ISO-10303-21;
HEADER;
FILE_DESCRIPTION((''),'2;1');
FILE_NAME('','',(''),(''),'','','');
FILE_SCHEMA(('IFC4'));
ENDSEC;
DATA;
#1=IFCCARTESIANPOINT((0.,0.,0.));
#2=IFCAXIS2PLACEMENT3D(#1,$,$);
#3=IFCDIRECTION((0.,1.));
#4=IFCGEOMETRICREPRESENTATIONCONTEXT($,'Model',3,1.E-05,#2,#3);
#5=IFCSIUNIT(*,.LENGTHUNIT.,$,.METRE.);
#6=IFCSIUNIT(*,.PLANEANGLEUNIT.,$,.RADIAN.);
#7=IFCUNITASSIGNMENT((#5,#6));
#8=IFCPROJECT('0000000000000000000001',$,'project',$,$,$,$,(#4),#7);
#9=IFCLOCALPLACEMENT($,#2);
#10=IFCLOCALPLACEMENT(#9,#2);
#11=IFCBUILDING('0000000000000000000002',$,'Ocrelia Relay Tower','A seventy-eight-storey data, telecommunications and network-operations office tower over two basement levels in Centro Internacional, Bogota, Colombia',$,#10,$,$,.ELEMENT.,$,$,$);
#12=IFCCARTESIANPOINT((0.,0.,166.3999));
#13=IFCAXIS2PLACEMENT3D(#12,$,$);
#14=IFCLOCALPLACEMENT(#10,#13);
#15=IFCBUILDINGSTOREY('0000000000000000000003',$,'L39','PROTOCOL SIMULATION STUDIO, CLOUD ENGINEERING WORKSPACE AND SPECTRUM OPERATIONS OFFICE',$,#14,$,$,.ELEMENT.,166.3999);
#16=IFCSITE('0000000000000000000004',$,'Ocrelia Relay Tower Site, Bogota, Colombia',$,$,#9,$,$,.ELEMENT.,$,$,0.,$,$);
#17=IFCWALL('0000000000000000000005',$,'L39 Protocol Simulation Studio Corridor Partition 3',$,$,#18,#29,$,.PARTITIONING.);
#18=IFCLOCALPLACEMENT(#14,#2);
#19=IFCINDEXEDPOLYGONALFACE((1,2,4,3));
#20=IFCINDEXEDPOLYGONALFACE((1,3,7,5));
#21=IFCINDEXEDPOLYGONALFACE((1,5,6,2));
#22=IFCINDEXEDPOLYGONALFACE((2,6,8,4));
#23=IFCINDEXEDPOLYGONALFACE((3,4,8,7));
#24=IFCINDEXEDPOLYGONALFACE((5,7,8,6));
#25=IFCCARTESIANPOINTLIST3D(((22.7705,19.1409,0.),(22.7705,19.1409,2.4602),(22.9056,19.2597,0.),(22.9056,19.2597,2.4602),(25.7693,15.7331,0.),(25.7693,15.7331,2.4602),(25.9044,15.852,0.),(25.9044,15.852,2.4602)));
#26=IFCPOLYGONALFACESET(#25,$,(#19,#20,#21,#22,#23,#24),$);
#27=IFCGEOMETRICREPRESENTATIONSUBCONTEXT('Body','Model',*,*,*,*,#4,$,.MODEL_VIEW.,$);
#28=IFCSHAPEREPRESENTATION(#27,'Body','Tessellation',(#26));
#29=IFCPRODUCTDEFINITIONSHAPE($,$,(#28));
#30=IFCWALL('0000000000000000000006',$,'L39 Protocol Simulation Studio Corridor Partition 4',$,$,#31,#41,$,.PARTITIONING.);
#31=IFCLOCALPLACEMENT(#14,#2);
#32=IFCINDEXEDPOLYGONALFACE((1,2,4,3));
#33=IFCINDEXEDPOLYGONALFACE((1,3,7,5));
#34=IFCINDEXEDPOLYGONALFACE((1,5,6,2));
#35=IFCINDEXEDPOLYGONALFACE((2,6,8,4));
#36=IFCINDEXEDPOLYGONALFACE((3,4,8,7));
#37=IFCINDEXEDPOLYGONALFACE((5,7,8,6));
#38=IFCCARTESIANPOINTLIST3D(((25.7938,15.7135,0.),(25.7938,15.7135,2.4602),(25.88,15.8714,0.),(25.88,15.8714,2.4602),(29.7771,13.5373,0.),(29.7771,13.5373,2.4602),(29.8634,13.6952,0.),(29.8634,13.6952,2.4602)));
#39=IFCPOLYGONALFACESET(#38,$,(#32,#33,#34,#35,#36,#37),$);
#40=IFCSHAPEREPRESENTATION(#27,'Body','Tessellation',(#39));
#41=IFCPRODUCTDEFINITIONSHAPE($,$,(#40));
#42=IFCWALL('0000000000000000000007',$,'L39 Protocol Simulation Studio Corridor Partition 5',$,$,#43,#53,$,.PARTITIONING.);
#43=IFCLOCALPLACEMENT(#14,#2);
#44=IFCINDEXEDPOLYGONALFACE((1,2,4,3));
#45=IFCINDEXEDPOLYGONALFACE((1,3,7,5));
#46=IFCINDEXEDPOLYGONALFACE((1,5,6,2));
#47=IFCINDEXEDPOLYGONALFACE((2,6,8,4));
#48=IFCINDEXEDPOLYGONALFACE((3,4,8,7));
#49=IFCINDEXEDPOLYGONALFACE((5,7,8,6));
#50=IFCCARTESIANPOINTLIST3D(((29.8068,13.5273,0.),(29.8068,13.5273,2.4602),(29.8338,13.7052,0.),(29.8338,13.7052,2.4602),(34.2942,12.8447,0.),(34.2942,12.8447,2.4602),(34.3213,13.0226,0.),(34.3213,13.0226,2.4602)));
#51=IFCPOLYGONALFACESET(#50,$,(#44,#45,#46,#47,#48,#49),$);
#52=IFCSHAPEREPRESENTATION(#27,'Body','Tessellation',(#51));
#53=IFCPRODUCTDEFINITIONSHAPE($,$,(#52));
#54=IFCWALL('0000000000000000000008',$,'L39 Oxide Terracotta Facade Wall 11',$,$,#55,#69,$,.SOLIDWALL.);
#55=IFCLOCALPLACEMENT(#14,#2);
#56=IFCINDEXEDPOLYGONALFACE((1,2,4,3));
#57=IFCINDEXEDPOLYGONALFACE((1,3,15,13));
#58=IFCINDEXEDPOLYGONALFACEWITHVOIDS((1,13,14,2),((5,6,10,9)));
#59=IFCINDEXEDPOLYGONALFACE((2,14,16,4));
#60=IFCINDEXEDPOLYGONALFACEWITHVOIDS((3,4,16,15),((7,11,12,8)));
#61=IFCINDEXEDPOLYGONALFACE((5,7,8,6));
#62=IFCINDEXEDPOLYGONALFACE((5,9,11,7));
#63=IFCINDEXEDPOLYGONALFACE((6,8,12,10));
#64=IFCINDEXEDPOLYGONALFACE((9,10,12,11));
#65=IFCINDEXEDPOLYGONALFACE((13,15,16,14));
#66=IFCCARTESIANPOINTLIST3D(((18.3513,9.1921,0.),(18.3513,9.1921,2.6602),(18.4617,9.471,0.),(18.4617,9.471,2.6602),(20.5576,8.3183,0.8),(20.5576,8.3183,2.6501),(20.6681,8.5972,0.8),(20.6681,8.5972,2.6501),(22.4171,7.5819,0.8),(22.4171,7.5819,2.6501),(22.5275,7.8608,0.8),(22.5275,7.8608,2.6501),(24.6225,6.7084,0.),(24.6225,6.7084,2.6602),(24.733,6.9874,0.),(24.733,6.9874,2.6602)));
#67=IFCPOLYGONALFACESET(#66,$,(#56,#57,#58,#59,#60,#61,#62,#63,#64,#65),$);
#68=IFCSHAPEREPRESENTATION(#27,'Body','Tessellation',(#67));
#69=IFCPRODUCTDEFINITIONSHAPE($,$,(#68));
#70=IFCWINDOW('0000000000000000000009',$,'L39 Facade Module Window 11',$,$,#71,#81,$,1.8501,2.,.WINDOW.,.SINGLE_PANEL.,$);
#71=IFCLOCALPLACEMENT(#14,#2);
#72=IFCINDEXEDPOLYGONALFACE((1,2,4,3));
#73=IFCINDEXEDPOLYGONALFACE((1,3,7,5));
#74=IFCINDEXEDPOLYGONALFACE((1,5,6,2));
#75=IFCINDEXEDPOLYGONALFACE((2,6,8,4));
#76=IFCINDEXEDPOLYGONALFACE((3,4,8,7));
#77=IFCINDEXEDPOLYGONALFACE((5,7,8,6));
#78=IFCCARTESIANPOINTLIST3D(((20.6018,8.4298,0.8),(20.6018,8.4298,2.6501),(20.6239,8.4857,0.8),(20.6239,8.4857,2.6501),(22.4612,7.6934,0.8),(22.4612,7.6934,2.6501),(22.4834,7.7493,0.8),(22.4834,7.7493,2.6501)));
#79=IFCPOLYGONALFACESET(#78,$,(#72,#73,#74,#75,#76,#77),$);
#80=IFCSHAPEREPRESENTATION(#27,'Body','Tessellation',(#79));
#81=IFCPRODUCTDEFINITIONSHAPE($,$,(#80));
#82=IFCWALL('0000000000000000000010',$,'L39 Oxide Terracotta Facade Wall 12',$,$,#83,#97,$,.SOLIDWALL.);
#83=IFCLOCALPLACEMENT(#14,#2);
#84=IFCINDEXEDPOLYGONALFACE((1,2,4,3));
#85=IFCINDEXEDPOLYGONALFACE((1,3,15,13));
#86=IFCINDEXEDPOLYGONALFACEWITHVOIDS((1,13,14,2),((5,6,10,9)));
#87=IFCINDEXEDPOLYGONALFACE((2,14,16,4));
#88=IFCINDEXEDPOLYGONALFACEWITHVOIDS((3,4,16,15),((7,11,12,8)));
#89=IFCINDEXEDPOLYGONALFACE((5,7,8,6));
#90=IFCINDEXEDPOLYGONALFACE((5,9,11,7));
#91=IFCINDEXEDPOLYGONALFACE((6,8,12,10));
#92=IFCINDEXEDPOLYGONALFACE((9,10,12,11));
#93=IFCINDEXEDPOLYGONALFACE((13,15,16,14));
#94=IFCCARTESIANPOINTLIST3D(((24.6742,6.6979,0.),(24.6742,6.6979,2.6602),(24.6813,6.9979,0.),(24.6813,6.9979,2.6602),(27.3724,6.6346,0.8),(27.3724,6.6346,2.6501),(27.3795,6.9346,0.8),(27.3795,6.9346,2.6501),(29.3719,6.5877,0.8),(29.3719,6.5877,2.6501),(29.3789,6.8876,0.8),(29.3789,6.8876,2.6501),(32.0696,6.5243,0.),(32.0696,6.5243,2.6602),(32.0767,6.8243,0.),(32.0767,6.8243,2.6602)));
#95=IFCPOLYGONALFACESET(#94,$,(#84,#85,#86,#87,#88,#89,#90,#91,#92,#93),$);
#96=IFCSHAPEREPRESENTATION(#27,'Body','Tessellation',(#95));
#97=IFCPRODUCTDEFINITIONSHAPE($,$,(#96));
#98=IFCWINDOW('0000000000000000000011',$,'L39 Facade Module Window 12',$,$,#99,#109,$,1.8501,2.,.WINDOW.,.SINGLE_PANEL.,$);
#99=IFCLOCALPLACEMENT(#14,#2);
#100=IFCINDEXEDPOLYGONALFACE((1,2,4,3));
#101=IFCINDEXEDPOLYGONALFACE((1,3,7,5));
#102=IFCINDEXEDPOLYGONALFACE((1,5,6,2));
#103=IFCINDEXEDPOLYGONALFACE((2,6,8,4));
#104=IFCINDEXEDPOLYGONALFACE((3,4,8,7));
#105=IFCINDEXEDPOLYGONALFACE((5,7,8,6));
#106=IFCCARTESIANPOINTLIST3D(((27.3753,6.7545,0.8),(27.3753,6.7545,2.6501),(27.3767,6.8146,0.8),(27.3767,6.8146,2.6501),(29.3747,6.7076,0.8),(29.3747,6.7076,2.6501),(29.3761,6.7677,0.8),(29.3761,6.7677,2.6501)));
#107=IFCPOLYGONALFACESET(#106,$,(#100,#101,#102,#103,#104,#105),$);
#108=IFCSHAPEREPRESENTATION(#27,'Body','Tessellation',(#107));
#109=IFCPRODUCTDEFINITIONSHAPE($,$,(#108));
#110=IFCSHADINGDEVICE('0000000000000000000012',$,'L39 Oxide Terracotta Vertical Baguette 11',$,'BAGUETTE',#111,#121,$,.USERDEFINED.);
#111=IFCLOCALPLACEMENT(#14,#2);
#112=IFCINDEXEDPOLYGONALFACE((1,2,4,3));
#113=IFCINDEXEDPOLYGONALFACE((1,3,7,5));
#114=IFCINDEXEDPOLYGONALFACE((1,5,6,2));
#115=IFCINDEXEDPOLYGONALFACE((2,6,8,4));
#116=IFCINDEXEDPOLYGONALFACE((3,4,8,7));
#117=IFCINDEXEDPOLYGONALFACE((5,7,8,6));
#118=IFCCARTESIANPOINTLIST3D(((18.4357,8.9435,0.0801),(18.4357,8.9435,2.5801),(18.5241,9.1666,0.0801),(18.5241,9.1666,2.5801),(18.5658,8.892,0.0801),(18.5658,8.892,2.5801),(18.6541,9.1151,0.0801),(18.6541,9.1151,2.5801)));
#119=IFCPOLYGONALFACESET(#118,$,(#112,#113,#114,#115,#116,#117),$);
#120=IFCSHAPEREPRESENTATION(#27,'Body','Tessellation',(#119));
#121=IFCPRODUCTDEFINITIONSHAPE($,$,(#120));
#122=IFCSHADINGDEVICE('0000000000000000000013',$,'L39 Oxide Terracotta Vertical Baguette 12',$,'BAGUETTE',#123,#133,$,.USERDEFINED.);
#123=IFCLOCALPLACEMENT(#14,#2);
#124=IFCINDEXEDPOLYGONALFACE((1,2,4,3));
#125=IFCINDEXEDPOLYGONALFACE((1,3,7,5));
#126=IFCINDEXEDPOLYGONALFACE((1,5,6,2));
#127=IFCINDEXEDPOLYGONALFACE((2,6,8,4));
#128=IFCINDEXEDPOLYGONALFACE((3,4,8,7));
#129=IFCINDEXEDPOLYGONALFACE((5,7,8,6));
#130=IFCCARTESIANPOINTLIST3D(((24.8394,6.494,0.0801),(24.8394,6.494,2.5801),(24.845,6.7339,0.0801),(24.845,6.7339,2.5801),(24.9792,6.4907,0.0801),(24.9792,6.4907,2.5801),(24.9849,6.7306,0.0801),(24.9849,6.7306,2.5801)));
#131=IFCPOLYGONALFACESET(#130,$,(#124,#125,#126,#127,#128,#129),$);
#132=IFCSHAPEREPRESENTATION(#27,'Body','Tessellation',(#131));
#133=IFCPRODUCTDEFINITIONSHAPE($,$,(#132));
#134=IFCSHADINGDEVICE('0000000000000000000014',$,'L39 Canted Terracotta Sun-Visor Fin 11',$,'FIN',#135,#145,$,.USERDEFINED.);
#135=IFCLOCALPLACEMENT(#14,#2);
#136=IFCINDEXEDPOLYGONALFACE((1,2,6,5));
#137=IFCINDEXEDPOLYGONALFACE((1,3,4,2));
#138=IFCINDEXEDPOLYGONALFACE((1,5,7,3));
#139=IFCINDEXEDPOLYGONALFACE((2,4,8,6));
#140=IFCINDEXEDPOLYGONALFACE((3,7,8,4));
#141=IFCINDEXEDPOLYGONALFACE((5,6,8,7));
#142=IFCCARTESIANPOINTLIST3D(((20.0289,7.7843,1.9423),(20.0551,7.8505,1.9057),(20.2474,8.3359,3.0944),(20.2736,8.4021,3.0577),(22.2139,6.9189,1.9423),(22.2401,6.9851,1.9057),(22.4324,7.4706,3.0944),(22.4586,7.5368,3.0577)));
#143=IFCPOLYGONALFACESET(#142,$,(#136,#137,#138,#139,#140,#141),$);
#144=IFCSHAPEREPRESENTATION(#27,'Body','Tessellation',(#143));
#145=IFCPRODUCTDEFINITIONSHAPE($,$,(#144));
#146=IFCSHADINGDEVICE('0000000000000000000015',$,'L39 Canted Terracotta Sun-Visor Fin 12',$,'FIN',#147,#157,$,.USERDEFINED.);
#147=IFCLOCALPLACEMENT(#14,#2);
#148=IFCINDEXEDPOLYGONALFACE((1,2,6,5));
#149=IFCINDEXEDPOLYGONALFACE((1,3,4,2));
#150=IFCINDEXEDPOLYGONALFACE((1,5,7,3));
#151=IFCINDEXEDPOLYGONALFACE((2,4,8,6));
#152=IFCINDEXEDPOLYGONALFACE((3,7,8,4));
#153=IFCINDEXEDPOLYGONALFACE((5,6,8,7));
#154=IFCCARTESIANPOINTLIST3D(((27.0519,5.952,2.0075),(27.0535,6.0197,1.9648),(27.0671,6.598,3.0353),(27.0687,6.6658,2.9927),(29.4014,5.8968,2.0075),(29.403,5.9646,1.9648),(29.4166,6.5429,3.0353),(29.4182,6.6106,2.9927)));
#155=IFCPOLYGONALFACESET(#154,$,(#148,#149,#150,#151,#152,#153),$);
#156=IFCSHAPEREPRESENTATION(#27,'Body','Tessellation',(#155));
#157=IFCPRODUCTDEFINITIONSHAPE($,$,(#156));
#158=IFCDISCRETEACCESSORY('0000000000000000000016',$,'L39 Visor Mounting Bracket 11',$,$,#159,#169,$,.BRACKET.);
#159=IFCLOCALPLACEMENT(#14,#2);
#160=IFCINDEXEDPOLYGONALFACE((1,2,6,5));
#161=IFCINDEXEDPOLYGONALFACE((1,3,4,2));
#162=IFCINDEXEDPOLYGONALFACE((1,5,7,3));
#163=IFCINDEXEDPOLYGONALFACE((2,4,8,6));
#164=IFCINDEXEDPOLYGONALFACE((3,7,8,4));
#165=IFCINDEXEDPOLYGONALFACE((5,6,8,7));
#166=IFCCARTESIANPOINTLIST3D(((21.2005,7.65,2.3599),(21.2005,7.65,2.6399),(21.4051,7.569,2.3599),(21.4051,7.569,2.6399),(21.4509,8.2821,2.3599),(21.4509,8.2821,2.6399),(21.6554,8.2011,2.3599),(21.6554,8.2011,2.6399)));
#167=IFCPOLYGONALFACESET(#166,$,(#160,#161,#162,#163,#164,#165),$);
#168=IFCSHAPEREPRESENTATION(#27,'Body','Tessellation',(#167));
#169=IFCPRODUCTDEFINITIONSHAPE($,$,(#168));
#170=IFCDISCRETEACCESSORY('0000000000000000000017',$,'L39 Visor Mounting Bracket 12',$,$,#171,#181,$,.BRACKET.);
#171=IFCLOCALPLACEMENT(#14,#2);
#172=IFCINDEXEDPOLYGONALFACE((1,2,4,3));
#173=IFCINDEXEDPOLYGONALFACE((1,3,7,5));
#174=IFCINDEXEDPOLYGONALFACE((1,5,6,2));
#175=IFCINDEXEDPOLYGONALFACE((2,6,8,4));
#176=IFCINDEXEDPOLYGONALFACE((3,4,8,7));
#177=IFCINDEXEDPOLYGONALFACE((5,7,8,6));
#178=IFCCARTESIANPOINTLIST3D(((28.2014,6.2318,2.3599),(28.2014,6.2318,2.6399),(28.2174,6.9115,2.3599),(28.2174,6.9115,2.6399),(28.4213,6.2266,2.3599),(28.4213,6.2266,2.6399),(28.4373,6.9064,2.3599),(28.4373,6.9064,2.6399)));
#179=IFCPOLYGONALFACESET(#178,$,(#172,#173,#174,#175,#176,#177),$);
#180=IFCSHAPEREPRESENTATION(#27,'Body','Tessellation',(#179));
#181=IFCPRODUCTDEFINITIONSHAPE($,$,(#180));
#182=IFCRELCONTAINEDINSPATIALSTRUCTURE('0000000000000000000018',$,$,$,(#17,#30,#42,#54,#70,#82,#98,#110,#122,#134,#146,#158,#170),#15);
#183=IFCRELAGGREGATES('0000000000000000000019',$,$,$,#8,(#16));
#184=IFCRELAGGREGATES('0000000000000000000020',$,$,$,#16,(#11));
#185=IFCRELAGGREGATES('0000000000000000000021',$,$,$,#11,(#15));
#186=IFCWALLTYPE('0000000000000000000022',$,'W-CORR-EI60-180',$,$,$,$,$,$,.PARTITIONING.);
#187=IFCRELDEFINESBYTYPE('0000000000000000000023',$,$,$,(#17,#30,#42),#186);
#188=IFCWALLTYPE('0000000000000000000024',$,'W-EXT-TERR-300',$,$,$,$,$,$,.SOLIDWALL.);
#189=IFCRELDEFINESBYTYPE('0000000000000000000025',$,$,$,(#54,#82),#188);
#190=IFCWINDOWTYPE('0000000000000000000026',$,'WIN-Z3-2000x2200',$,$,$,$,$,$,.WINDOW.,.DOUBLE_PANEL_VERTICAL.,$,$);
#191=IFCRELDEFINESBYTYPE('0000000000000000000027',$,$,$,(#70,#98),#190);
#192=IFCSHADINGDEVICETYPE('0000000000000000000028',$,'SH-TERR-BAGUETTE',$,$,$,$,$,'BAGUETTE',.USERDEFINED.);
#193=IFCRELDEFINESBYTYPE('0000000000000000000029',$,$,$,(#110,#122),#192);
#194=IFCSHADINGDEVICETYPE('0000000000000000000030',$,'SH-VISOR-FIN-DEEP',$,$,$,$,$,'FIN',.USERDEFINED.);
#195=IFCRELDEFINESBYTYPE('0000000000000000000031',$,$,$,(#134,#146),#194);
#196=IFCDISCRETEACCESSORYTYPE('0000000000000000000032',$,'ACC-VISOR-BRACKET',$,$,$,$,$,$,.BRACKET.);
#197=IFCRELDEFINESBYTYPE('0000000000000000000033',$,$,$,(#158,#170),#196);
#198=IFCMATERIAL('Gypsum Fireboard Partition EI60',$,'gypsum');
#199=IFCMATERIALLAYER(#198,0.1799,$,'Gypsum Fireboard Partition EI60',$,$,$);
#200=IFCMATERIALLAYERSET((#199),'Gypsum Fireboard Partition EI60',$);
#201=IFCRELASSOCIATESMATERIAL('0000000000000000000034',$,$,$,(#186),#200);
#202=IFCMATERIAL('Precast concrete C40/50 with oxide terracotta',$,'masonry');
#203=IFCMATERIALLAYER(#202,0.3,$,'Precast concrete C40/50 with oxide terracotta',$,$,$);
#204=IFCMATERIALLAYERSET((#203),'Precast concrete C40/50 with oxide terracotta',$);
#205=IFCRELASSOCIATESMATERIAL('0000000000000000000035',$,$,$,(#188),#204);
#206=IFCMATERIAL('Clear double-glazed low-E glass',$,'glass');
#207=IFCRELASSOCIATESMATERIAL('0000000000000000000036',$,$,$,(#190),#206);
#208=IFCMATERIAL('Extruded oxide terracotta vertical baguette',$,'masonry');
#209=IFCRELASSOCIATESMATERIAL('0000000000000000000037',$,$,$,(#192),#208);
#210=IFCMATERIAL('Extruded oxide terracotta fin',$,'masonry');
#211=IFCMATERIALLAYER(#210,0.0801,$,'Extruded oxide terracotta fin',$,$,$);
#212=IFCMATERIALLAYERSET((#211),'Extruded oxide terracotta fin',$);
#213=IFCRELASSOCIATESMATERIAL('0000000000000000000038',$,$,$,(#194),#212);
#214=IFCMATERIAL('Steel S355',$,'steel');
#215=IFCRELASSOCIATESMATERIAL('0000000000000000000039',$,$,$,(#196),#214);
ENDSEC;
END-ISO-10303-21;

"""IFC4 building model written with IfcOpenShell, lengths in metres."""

from ifc_helpers import new_model, si_unit, direction, frame, frame_2d, origin, origin_2d, place, context, subcontext, project, spatial, rectangle, extrude, material, layer, layer_set, type_object, element, fill, save


model = new_model("IFC4")

# Units and contexts
model_context = context("Model", 3, precision=1e-05, world=origin(), true_north=direction((0.0, 1.0)))
body_context = subcontext(model_context, "Body", "Model", "MODEL_VIEW")
ifc_project = project(units=[si_unit("LENGTHUNIT", "METRE"), si_unit("PLANEANGLEUNIT", "RADIAN")], contexts=[model_context])

# Site, building, storey
site_placement = place(None, origin())
site = spatial("IfcSite", under=ifc_project, at=site_placement, Name="Ocrelia Relay Tower Site, Bogota, Colombia", CompositionType="ELEMENT", RefElevation=0.0)
building_placement = place(site_placement, origin())
building = spatial("IfcBuilding", under=site, at=building_placement, Name="Ocrelia Relay Tower", Description="A seventy-eight-storey data, telecommunications and network-operations office tower over two basement levels in Centro Internacional, Bogota, Colombia", CompositionType="ELEMENT")
storey_placement = place(building_placement, frame((0.0, 0.0, 166.3999)))
storey = spatial("IfcBuildingStorey", under=building, at=storey_placement, Name="L39", Description="PROTOCOL SIMULATION STUDIO, CLOUD ENGINEERING WORKSPACE AND SPECTRUM OPERATIONS OFFICE", CompositionType="ELEMENT", Elevation=166.3999)

# Shared definitions
ifc_material_1 = material(Name="Steel S355", Category="steel")

# Walls
ifc_material_2 = material(Name="Gypsum Fireboard Partition EI60", Category="gypsum")
ifc_layer_1 = layer(ifc_material_2, 0.1799, Name="Gypsum Fireboard Partition EI60")
ifc_layer_set_1 = layer_set([ifc_layer_1], Name="Gypsum Fireboard Partition EI60")
wall_type_1 = type_object("IfcWallType", Name="W-CORR-EI60-180", PredefinedType="PARTITIONING", material=ifc_layer_set_1)
wall_1_placement = place(storey_placement, frame((22.8381, 19.2002, 0.0), z_axis=(0.0, 0.0, 1.0), x_axis=(0.660627, -0.750715, 0.0)))
element("IfcWall", 1, at=wall_1_placement, inside=storey, type_object=wall_type_1, Name="L39 Protocol Simulation Studio Corridor Partition 3", PredefinedType="PARTITIONING", context=body_context, shape_type="SweptSolid", body=[
    extrude(rectangle(XDim=4.5393, YDim=0.1799, at=frame_2d((2.2695, 0.0))), origin(), (0.0, 0.0, 1.0), 2.4602),
])
for number, where, z_axis, x_axis, name in (
    (2, (25.8369, 15.7925, 0.0), (0.0, 0.0, 1.0), (0.877571, -0.479447, 0.0), "L39 Protocol Simulation Studio Corridor Partition 4"),
    (3, (29.8203, 13.6162, 0.0), (0.0, 0.0, 1.0), (0.988628, -0.150384, 0.0), "L39 Protocol Simulation Studio Corridor Partition 5"),
):
    element("IfcWall", number, at=place(storey_placement, frame(where, z_axis=z_axis, x_axis=x_axis)), inside=storey, type_object=wall_type_1, Name=name, PredefinedType="PARTITIONING", context=body_context, shape_type="SweptSolid", body=[
        extrude(rectangle(XDim=4.5391, YDim=0.1799, at=frame_2d((2.2695, 0.0))), origin(), (0.0, 0.0, 1.0), 2.4602),
    ])

# Walls, openings, windows
ifc_material_3 = material(Name="Precast concrete C40/50 with oxide terracotta", Category="masonry")
ifc_layer_2 = layer(ifc_material_3, 0.3, Name="Precast concrete C40/50 with oxide terracotta")
ifc_layer_set_2 = layer_set([ifc_layer_2], Name="Precast concrete C40/50 with oxide terracotta")
wall_type_2 = type_object("IfcWallType", Name="W-EXT-TERR-300", PredefinedType="SOLIDWALL", material=ifc_layer_set_2)
wall_2_placement = place(storey_placement, frame((18.4065, 9.3315, 0.0), z_axis=(0.0, 0.0, 1.0), x_axis=(0.929742, -0.368212, 0.0)))
wall_2 = element("IfcWall", 4, at=wall_2_placement, inside=storey, type_object=wall_type_2, Name="L39 Oxide Terracotta Facade Wall 11", PredefinedType="SOLIDWALL", context=body_context, shape_type="SweptSolid", body=[
    extrude(rectangle(XDim=6.7451, YDim=0.3, at=frame_2d((3.3726, 0.0))), origin(), (0.0, 0.0, 1.0), 2.6602),
])
opening_1_placement = place(wall_2_placement, frame((2.373, 0.0, 0.8)))
opening_1 = element("IfcOpeningElement", 5, at=opening_1_placement, cuts=wall_2, PredefinedType="OPENING", context=body_context, shape_type="SweptSolid", body=[
    extrude(rectangle(XDim=2.0, YDim=1.8501, at=frame_2d((1.0, 0.925))), frame((0.0, 0.1602, 0.0), z_axis=(0.0, -1.0, 0.0), x_axis=(1.0, 0.0, 0.0)), (0.0, 0.0, 1.0), 0.3201),
])
ifc_material_4 = material(Name="Clear double-glazed low-E glass", Category="glass")
window_type = type_object("IfcWindowType", Name="WIN-Z3-2000x2200", PartitioningType="DOUBLE_PANEL_VERTICAL", PredefinedType="WINDOW", material=ifc_material_4)
window_1_placement = place(opening_1_placement, origin())
window_1 = element("IfcWindow", 6, at=window_1_placement, inside=storey, type_object=window_type, Name="L39 Facade Module Window 11", OverallHeight=1.8501, OverallWidth=2.0, PartitioningType="SINGLE_PANEL", PredefinedType="WINDOW", context=body_context, shape_type="SweptSolid", body=[
    extrude(rectangle(XDim=2.0, YDim=1.8501, at=frame_2d((1.0, 0.925))), frame((0.0, 0.03, 0.0), z_axis=(0.0, -1.0, 0.0), x_axis=(1.0, 0.0, 0.0)), (0.0, 0.0, 1.0), 0.0601),
])
fill(opening_1, window_1)
wall_3_placement = place(storey_placement, frame((24.6777, 6.8479, 0.0), z_axis=(0.0, 0.0, 1.0), x_axis=(0.999725, -0.023465, 0.0)))
wall_3 = element("IfcWall", 7, at=wall_3_placement, inside=storey, type_object=wall_type_2, Name="L39 Oxide Terracotta Facade Wall 12", PredefinedType="SOLIDWALL", context=body_context, shape_type="SweptSolid", body=[
    extrude(rectangle(XDim=7.3975, YDim=0.3, at=frame_2d((3.6987, 0.0))), origin(), (0.0, 0.0, 1.0), 2.6602),
])
opening_2_placement = place(wall_3_placement, frame((2.699, 0.0, 0.8)))
opening_2 = element("IfcOpeningElement", 8, at=opening_2_placement, cuts=wall_3, PredefinedType="OPENING", context=body_context, shape_type="SweptSolid", body=[
    extrude(rectangle(XDim=2.0, YDim=1.8501, at=frame_2d((1.0, 0.925))), frame((0.0, 0.1602, 0.0), z_axis=(0.0, -1.0, 0.0), x_axis=(1.0, 0.0, 0.0)), (0.0, 0.0, 1.0), 0.3201),
])
window_2_placement = place(opening_2_placement, origin())
window_2 = element("IfcWindow", 9, at=window_2_placement, inside=storey, type_object=window_type, Name="L39 Facade Module Window 12", OverallHeight=1.8501, OverallWidth=2.0, PartitioningType="SINGLE_PANEL", PredefinedType="WINDOW", context=body_context, shape_type="SweptSolid", body=[
    extrude(rectangle(XDim=2.0, YDim=1.8501, at=frame_2d((1.0, 0.925))), frame((0.0, 0.03, 0.0), z_axis=(0.0, -1.0, 0.0), x_axis=(1.0, 0.0, 0.0)), (0.0, 0.0, 1.0), 0.0601),
])
fill(opening_2, window_2)

# Shading devices
ifc_material_5 = material(Name="Extruded oxide terracotta vertical baguette", Category="masonry")
shading_device_type_1 = type_object("IfcShadingDeviceType", Name="SH-TERR-BAGUETTE", ElementType="BAGUETTE", PredefinedType="USERDEFINED", material=ifc_material_5)
for number, where, z_axis, x_axis, name in (
    (10, (18.5449, 9.0293, 0.0801), (0.0, 0.0, 1.0), (0.929736, -0.368227, 0.0), "L39 Oxide Terracotta Vertical Baguette 11"),
    (11, (24.9121, 6.6123, 0.0801), (0.0, 0.0, 1.0), (0.999724, -0.023481, 0.0), "L39 Oxide Terracotta Vertical Baguette 12"),
):
    element("IfcShadingDevice", number, at=place(storey_placement, frame(where, z_axis=z_axis, x_axis=x_axis)), inside=storey, type_object=shading_device_type_1, Name=name, ObjectType="BAGUETTE", PredefinedType="USERDEFINED", context=body_context, shape_type="SweptSolid", body=[
        extrude(rectangle(XDim=0.1399, YDim=0.24, at=origin_2d()), origin(), (0.0, 0.0, 1.0), 2.5),
    ])
ifc_material_6 = material(Name="Extruded oxide terracotta fin", Category="masonry")
ifc_layer_3 = layer(ifc_material_6, 0.0801, Name="Extruded oxide terracotta fin")
ifc_layer_set_3 = layer_set([ifc_layer_3], Name="Extruded oxide terracotta fin")
shading_device_type_2 = type_object("IfcShadingDeviceType", Name="SH-VISOR-FIN-DEEP", ElementType="FIN", PredefinedType="USERDEFINED", material=ifc_layer_set_3)
shading_device_1_placement = place(storey_placement, frame((21.2568, 7.6936, 2.4817), z_axis=(-0.32736, -0.826551, 0.457874), x_axis=(0.929736, -0.368227, 0.0)))
element("IfcShadingDevice", 12, at=shading_device_1_placement, inside=storey, type_object=shading_device_type_2, Name="L39 Canted Terracotta Sun-Visor Fin 11", ObjectType="FIN", PredefinedType="USERDEFINED", context=body_context, shape_type="SweptSolid", body=[
    extrude(rectangle(XDim=2.3501, YDim=1.2959, at=origin_2d()), origin(), (0.0, 0.0, 1.0), 0.0801),
])
shading_device_2_placement = place(storey_placement, frame((28.2358, 6.3152, 2.4788), z_axis=(-0.019878, -0.846332, 0.532285), x_axis=(0.999724, -0.023481, 0.0)))
element("IfcShadingDevice", 13, at=shading_device_2_placement, inside=storey, type_object=shading_device_type_2, Name="L39 Canted Terracotta Sun-Visor Fin 12", ObjectType="FIN", PredefinedType="USERDEFINED", context=body_context, shape_type="SweptSolid", body=[
    extrude(rectangle(XDim=2.3501, YDim=1.2141, at=origin_2d()), origin(), (0.0, 0.0, 1.0), 0.0801),
])

# Discrete accessories
discrete_accessory_type = type_object("IfcDiscreteAccessoryType", Name="ACC-VISOR-BRACKET", PredefinedType="BRACKET", material=ifc_material_1)
for number, where, z_axis, x_axis, name in (
    (14, (21.428, 7.9255, 2.3599), (0.0, 0.0, 1.0), (0.929736, -0.368227, 0.0), "L39 Visor Mounting Bracket 11"),
    (15, (28.3193, 6.5691, 2.3599), (0.0, 0.0, 1.0), (0.999724, -0.023481, 0.0), "L39 Visor Mounting Bracket 12"),
):
    element("IfcDiscreteAccessory", number, at=place(storey_placement, frame(where, z_axis=z_axis, x_axis=x_axis)), inside=storey, type_object=discrete_accessory_type, Name=name, PredefinedType="BRACKET", context=body_context, shape_type="SweptSolid", body=[
        extrude(rectangle(XDim=0.22, YDim=0.6799, at=origin_2d()), origin(), (0.0, 0.0, 1.0), 0.28),
    ])

save(model, "model.ifc")
